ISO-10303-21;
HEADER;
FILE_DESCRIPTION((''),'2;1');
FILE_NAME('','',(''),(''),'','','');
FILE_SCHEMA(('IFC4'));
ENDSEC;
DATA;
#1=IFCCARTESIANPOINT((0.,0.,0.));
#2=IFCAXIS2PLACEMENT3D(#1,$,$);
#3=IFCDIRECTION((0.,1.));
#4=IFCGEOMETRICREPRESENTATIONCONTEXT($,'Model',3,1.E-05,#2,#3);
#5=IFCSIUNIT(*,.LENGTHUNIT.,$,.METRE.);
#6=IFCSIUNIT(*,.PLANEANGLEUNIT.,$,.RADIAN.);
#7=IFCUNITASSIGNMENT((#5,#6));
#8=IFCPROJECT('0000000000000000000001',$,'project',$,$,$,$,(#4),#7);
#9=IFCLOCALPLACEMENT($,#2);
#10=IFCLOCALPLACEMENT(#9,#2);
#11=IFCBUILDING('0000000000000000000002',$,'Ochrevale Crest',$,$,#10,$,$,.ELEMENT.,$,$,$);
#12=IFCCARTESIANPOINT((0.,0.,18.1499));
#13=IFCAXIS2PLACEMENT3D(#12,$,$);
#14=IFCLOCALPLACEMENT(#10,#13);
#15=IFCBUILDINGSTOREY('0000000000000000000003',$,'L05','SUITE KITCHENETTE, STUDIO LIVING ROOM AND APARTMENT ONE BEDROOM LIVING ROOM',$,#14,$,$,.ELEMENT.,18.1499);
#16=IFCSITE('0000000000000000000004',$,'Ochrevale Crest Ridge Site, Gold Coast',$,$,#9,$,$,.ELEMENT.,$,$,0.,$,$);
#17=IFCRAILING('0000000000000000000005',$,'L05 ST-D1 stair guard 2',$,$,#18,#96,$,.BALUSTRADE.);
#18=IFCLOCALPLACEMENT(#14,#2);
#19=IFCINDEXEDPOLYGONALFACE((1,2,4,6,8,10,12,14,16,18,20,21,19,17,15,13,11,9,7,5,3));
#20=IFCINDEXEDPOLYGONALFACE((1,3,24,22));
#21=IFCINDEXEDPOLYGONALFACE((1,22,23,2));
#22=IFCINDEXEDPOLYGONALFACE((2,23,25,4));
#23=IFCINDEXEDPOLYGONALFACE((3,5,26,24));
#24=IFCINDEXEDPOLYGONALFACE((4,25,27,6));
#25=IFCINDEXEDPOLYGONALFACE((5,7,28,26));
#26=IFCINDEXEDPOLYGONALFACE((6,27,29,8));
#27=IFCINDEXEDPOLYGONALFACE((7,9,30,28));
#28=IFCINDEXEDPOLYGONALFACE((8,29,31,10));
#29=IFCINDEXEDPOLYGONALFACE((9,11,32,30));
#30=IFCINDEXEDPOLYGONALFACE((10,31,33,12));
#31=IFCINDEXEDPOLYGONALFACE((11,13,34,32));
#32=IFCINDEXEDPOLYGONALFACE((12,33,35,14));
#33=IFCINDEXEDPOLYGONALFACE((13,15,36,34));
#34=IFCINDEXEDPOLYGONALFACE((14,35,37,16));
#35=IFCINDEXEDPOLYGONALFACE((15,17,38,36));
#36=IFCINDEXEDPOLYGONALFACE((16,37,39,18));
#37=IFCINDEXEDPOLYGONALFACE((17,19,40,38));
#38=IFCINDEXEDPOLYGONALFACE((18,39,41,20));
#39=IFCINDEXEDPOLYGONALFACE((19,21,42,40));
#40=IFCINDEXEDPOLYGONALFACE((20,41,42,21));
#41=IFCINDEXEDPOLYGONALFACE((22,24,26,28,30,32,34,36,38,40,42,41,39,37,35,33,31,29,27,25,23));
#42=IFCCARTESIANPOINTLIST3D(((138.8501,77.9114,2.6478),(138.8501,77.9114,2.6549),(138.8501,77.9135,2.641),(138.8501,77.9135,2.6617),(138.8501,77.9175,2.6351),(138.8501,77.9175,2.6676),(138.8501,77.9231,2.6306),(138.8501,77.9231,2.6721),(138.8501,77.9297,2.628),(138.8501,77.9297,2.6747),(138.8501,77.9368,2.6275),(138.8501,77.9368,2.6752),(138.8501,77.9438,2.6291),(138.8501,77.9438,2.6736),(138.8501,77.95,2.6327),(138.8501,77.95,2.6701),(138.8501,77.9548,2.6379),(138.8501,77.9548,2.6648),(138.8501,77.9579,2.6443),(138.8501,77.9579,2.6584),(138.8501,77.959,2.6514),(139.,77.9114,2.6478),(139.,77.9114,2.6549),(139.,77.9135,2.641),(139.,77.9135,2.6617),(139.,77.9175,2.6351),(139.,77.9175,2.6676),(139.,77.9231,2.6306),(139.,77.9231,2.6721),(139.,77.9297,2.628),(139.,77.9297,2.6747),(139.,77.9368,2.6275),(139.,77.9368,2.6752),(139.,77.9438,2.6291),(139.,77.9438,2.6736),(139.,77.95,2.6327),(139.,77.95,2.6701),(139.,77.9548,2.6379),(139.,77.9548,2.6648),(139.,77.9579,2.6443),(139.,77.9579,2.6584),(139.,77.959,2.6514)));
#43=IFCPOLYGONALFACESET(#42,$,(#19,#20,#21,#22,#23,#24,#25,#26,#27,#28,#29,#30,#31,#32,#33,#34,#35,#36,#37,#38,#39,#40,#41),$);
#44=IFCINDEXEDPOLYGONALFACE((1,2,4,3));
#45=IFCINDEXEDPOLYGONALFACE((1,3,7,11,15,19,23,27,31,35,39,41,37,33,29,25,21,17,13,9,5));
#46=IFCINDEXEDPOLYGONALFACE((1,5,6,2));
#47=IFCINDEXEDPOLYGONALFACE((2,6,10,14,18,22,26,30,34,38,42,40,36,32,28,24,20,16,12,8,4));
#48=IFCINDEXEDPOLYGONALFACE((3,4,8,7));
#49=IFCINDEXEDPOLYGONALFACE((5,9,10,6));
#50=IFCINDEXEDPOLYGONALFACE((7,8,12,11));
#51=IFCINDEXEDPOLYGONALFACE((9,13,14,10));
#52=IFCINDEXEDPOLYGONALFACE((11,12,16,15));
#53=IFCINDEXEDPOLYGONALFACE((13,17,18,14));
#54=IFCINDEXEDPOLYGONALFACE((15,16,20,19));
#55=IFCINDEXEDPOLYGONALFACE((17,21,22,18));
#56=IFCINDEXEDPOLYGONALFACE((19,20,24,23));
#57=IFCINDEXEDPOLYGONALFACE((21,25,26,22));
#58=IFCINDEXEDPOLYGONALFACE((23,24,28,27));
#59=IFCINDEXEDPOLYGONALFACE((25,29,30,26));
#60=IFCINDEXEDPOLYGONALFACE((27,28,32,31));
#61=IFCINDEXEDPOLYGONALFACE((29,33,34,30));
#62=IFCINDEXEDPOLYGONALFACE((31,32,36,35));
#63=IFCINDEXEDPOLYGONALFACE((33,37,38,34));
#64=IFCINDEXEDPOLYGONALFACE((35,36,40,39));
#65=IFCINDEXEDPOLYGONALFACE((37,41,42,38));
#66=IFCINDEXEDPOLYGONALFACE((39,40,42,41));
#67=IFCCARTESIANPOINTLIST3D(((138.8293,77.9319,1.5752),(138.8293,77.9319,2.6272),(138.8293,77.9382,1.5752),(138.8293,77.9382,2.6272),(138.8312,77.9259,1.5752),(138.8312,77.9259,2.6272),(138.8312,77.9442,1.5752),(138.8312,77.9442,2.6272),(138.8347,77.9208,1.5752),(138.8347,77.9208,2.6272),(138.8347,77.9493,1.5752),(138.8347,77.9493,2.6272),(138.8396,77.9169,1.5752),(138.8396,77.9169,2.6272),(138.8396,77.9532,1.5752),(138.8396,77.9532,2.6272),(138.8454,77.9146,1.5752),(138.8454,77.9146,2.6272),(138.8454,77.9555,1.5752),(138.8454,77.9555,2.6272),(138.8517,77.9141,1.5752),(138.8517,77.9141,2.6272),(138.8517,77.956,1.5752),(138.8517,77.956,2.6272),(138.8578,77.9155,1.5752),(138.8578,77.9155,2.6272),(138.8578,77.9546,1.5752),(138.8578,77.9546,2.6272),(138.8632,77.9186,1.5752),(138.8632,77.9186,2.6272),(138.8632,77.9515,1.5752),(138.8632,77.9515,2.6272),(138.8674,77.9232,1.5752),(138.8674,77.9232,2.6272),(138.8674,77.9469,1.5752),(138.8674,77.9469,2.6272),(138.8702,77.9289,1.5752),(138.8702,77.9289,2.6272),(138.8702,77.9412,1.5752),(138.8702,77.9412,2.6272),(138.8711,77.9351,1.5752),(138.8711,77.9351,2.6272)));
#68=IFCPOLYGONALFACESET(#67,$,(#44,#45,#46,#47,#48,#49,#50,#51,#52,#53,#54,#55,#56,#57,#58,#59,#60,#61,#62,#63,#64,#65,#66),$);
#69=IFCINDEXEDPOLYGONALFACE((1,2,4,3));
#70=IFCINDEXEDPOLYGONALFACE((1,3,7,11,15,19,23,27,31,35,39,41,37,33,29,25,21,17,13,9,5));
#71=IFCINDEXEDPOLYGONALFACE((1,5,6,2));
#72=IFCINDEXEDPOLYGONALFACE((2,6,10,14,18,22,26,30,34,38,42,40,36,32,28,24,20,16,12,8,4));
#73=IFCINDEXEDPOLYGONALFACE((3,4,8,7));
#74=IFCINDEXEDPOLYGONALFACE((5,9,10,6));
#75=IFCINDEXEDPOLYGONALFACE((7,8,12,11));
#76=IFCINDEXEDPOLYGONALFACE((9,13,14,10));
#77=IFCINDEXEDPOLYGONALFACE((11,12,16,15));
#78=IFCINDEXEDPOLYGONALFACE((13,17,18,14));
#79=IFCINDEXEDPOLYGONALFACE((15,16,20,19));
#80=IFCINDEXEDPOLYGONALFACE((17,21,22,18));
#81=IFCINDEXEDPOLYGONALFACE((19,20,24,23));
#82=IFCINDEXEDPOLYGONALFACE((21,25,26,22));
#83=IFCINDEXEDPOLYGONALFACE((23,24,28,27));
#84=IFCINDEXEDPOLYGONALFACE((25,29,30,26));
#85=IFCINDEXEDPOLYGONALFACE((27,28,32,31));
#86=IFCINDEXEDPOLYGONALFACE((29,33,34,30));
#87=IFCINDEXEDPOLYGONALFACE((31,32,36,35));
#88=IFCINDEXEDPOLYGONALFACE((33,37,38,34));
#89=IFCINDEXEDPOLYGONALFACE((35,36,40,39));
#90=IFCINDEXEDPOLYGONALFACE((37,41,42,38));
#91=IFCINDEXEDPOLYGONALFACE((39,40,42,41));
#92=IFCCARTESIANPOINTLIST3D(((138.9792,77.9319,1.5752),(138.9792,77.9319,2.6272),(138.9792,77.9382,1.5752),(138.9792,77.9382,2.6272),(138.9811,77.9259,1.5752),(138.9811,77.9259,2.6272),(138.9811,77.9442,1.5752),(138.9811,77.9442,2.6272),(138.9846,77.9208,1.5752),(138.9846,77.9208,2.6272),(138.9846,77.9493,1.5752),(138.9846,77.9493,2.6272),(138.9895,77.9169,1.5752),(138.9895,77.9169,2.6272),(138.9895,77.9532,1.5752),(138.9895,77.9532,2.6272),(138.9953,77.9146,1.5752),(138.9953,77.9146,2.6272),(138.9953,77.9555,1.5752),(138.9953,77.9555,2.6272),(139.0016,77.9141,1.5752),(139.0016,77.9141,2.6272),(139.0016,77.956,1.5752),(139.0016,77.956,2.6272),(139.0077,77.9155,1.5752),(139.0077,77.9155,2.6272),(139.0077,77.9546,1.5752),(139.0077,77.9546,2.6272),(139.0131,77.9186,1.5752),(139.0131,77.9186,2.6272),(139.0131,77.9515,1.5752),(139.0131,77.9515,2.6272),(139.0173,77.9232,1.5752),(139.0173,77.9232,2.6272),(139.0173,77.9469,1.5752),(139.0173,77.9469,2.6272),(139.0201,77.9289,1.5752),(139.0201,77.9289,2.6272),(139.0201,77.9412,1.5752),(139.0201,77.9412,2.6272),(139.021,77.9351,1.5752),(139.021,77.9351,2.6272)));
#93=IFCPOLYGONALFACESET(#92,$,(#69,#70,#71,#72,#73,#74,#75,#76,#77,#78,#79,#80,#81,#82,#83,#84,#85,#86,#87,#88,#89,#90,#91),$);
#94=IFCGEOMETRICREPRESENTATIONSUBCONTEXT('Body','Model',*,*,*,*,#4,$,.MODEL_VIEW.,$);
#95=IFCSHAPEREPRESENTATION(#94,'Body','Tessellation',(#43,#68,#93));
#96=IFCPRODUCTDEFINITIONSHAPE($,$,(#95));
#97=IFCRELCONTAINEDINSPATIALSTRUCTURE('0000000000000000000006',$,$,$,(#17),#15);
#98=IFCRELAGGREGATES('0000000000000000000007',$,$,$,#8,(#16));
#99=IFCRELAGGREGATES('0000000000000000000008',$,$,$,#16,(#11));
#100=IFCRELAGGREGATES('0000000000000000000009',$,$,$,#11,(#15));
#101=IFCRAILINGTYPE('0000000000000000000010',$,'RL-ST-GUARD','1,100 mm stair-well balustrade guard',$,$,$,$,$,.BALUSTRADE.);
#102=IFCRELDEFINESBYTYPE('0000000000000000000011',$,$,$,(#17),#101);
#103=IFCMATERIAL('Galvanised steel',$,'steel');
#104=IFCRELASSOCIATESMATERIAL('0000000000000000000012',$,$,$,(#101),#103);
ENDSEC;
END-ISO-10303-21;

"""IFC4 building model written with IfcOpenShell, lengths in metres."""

from ifc_helpers import new_model, si_unit, direction, frame, origin, origin_2d, place, context, subcontext, project, spatial, circle, extrude, material, type_object, element, save


model = new_model("IFC4")

# Units and contexts
model_context = context("Model", 3, precision=1e-05, world=origin(), true_north=direction((0.0, 1.0)))
body_context = subcontext(model_context, "Body", "Model", "MODEL_VIEW")
ifc_project = project(units=[si_unit("LENGTHUNIT", "METRE"), si_unit("PLANEANGLEUNIT", "RADIAN")], contexts=[model_context])

# Site, building, storey
site_placement = place(None, origin())
site = spatial("IfcSite", under=ifc_project, at=site_placement, Name="Ochrevale Crest Ridge Site, Gold Coast", CompositionType="ELEMENT", RefElevation=0.0)
building_placement = place(site_placement, origin())
building = spatial("IfcBuilding", under=site, at=building_placement, Name="Ochrevale Crest", CompositionType="ELEMENT")
storey_placement = place(building_placement, frame((0.0, 0.0, 18.1499)))
storey = spatial("IfcBuildingStorey", under=building, at=storey_placement, Name="L05", Description="SUITE KITCHENETTE, STUDIO LIVING ROOM AND APARTMENT ONE BEDROOM LIVING ROOM", CompositionType="ELEMENT", Elevation=18.1499)

# Railing
ifc_material_1 = material(Name="Galvanised steel", Category="steel")
railing_type_1 = type_object("IfcRailingType", Name="RL-ST-GUARD", Description="1,100 mm stair-well balustrade guard", PredefinedType="BALUSTRADE", material=ifc_material_1)
railing_1_placement = place(storey_placement, frame((138.8501, 77.9351, 1.5752)))
element("IfcRailing", 1, at=railing_1_placement, inside=storey, type_object=railing_type_1, Name="L05 ST-D1 stair guard 2", PredefinedType="BALUSTRADE", context=body_context, shape_type="SweptSolid", body=[
    extrude(circle(Radius=0.0239, at=origin_2d()), frame((0.0, 0.0, 1.0762), z_axis=(1.0, 0.0, 0.0), x_axis=(0.0, 1.0, 0.0)), (0.0, 0.0, 1.0), 0.1499),
    extrude(circle(Radius=0.021, at=origin_2d()), origin(), (0.0, 0.0, 1.0), 1.052),
    extrude(circle(Radius=0.021, at=origin_2d()), frame((0.1499, 0.0, 0.0)), (0.0, 0.0, 1.0), 1.052),
])

save(model, "model.ifc")
